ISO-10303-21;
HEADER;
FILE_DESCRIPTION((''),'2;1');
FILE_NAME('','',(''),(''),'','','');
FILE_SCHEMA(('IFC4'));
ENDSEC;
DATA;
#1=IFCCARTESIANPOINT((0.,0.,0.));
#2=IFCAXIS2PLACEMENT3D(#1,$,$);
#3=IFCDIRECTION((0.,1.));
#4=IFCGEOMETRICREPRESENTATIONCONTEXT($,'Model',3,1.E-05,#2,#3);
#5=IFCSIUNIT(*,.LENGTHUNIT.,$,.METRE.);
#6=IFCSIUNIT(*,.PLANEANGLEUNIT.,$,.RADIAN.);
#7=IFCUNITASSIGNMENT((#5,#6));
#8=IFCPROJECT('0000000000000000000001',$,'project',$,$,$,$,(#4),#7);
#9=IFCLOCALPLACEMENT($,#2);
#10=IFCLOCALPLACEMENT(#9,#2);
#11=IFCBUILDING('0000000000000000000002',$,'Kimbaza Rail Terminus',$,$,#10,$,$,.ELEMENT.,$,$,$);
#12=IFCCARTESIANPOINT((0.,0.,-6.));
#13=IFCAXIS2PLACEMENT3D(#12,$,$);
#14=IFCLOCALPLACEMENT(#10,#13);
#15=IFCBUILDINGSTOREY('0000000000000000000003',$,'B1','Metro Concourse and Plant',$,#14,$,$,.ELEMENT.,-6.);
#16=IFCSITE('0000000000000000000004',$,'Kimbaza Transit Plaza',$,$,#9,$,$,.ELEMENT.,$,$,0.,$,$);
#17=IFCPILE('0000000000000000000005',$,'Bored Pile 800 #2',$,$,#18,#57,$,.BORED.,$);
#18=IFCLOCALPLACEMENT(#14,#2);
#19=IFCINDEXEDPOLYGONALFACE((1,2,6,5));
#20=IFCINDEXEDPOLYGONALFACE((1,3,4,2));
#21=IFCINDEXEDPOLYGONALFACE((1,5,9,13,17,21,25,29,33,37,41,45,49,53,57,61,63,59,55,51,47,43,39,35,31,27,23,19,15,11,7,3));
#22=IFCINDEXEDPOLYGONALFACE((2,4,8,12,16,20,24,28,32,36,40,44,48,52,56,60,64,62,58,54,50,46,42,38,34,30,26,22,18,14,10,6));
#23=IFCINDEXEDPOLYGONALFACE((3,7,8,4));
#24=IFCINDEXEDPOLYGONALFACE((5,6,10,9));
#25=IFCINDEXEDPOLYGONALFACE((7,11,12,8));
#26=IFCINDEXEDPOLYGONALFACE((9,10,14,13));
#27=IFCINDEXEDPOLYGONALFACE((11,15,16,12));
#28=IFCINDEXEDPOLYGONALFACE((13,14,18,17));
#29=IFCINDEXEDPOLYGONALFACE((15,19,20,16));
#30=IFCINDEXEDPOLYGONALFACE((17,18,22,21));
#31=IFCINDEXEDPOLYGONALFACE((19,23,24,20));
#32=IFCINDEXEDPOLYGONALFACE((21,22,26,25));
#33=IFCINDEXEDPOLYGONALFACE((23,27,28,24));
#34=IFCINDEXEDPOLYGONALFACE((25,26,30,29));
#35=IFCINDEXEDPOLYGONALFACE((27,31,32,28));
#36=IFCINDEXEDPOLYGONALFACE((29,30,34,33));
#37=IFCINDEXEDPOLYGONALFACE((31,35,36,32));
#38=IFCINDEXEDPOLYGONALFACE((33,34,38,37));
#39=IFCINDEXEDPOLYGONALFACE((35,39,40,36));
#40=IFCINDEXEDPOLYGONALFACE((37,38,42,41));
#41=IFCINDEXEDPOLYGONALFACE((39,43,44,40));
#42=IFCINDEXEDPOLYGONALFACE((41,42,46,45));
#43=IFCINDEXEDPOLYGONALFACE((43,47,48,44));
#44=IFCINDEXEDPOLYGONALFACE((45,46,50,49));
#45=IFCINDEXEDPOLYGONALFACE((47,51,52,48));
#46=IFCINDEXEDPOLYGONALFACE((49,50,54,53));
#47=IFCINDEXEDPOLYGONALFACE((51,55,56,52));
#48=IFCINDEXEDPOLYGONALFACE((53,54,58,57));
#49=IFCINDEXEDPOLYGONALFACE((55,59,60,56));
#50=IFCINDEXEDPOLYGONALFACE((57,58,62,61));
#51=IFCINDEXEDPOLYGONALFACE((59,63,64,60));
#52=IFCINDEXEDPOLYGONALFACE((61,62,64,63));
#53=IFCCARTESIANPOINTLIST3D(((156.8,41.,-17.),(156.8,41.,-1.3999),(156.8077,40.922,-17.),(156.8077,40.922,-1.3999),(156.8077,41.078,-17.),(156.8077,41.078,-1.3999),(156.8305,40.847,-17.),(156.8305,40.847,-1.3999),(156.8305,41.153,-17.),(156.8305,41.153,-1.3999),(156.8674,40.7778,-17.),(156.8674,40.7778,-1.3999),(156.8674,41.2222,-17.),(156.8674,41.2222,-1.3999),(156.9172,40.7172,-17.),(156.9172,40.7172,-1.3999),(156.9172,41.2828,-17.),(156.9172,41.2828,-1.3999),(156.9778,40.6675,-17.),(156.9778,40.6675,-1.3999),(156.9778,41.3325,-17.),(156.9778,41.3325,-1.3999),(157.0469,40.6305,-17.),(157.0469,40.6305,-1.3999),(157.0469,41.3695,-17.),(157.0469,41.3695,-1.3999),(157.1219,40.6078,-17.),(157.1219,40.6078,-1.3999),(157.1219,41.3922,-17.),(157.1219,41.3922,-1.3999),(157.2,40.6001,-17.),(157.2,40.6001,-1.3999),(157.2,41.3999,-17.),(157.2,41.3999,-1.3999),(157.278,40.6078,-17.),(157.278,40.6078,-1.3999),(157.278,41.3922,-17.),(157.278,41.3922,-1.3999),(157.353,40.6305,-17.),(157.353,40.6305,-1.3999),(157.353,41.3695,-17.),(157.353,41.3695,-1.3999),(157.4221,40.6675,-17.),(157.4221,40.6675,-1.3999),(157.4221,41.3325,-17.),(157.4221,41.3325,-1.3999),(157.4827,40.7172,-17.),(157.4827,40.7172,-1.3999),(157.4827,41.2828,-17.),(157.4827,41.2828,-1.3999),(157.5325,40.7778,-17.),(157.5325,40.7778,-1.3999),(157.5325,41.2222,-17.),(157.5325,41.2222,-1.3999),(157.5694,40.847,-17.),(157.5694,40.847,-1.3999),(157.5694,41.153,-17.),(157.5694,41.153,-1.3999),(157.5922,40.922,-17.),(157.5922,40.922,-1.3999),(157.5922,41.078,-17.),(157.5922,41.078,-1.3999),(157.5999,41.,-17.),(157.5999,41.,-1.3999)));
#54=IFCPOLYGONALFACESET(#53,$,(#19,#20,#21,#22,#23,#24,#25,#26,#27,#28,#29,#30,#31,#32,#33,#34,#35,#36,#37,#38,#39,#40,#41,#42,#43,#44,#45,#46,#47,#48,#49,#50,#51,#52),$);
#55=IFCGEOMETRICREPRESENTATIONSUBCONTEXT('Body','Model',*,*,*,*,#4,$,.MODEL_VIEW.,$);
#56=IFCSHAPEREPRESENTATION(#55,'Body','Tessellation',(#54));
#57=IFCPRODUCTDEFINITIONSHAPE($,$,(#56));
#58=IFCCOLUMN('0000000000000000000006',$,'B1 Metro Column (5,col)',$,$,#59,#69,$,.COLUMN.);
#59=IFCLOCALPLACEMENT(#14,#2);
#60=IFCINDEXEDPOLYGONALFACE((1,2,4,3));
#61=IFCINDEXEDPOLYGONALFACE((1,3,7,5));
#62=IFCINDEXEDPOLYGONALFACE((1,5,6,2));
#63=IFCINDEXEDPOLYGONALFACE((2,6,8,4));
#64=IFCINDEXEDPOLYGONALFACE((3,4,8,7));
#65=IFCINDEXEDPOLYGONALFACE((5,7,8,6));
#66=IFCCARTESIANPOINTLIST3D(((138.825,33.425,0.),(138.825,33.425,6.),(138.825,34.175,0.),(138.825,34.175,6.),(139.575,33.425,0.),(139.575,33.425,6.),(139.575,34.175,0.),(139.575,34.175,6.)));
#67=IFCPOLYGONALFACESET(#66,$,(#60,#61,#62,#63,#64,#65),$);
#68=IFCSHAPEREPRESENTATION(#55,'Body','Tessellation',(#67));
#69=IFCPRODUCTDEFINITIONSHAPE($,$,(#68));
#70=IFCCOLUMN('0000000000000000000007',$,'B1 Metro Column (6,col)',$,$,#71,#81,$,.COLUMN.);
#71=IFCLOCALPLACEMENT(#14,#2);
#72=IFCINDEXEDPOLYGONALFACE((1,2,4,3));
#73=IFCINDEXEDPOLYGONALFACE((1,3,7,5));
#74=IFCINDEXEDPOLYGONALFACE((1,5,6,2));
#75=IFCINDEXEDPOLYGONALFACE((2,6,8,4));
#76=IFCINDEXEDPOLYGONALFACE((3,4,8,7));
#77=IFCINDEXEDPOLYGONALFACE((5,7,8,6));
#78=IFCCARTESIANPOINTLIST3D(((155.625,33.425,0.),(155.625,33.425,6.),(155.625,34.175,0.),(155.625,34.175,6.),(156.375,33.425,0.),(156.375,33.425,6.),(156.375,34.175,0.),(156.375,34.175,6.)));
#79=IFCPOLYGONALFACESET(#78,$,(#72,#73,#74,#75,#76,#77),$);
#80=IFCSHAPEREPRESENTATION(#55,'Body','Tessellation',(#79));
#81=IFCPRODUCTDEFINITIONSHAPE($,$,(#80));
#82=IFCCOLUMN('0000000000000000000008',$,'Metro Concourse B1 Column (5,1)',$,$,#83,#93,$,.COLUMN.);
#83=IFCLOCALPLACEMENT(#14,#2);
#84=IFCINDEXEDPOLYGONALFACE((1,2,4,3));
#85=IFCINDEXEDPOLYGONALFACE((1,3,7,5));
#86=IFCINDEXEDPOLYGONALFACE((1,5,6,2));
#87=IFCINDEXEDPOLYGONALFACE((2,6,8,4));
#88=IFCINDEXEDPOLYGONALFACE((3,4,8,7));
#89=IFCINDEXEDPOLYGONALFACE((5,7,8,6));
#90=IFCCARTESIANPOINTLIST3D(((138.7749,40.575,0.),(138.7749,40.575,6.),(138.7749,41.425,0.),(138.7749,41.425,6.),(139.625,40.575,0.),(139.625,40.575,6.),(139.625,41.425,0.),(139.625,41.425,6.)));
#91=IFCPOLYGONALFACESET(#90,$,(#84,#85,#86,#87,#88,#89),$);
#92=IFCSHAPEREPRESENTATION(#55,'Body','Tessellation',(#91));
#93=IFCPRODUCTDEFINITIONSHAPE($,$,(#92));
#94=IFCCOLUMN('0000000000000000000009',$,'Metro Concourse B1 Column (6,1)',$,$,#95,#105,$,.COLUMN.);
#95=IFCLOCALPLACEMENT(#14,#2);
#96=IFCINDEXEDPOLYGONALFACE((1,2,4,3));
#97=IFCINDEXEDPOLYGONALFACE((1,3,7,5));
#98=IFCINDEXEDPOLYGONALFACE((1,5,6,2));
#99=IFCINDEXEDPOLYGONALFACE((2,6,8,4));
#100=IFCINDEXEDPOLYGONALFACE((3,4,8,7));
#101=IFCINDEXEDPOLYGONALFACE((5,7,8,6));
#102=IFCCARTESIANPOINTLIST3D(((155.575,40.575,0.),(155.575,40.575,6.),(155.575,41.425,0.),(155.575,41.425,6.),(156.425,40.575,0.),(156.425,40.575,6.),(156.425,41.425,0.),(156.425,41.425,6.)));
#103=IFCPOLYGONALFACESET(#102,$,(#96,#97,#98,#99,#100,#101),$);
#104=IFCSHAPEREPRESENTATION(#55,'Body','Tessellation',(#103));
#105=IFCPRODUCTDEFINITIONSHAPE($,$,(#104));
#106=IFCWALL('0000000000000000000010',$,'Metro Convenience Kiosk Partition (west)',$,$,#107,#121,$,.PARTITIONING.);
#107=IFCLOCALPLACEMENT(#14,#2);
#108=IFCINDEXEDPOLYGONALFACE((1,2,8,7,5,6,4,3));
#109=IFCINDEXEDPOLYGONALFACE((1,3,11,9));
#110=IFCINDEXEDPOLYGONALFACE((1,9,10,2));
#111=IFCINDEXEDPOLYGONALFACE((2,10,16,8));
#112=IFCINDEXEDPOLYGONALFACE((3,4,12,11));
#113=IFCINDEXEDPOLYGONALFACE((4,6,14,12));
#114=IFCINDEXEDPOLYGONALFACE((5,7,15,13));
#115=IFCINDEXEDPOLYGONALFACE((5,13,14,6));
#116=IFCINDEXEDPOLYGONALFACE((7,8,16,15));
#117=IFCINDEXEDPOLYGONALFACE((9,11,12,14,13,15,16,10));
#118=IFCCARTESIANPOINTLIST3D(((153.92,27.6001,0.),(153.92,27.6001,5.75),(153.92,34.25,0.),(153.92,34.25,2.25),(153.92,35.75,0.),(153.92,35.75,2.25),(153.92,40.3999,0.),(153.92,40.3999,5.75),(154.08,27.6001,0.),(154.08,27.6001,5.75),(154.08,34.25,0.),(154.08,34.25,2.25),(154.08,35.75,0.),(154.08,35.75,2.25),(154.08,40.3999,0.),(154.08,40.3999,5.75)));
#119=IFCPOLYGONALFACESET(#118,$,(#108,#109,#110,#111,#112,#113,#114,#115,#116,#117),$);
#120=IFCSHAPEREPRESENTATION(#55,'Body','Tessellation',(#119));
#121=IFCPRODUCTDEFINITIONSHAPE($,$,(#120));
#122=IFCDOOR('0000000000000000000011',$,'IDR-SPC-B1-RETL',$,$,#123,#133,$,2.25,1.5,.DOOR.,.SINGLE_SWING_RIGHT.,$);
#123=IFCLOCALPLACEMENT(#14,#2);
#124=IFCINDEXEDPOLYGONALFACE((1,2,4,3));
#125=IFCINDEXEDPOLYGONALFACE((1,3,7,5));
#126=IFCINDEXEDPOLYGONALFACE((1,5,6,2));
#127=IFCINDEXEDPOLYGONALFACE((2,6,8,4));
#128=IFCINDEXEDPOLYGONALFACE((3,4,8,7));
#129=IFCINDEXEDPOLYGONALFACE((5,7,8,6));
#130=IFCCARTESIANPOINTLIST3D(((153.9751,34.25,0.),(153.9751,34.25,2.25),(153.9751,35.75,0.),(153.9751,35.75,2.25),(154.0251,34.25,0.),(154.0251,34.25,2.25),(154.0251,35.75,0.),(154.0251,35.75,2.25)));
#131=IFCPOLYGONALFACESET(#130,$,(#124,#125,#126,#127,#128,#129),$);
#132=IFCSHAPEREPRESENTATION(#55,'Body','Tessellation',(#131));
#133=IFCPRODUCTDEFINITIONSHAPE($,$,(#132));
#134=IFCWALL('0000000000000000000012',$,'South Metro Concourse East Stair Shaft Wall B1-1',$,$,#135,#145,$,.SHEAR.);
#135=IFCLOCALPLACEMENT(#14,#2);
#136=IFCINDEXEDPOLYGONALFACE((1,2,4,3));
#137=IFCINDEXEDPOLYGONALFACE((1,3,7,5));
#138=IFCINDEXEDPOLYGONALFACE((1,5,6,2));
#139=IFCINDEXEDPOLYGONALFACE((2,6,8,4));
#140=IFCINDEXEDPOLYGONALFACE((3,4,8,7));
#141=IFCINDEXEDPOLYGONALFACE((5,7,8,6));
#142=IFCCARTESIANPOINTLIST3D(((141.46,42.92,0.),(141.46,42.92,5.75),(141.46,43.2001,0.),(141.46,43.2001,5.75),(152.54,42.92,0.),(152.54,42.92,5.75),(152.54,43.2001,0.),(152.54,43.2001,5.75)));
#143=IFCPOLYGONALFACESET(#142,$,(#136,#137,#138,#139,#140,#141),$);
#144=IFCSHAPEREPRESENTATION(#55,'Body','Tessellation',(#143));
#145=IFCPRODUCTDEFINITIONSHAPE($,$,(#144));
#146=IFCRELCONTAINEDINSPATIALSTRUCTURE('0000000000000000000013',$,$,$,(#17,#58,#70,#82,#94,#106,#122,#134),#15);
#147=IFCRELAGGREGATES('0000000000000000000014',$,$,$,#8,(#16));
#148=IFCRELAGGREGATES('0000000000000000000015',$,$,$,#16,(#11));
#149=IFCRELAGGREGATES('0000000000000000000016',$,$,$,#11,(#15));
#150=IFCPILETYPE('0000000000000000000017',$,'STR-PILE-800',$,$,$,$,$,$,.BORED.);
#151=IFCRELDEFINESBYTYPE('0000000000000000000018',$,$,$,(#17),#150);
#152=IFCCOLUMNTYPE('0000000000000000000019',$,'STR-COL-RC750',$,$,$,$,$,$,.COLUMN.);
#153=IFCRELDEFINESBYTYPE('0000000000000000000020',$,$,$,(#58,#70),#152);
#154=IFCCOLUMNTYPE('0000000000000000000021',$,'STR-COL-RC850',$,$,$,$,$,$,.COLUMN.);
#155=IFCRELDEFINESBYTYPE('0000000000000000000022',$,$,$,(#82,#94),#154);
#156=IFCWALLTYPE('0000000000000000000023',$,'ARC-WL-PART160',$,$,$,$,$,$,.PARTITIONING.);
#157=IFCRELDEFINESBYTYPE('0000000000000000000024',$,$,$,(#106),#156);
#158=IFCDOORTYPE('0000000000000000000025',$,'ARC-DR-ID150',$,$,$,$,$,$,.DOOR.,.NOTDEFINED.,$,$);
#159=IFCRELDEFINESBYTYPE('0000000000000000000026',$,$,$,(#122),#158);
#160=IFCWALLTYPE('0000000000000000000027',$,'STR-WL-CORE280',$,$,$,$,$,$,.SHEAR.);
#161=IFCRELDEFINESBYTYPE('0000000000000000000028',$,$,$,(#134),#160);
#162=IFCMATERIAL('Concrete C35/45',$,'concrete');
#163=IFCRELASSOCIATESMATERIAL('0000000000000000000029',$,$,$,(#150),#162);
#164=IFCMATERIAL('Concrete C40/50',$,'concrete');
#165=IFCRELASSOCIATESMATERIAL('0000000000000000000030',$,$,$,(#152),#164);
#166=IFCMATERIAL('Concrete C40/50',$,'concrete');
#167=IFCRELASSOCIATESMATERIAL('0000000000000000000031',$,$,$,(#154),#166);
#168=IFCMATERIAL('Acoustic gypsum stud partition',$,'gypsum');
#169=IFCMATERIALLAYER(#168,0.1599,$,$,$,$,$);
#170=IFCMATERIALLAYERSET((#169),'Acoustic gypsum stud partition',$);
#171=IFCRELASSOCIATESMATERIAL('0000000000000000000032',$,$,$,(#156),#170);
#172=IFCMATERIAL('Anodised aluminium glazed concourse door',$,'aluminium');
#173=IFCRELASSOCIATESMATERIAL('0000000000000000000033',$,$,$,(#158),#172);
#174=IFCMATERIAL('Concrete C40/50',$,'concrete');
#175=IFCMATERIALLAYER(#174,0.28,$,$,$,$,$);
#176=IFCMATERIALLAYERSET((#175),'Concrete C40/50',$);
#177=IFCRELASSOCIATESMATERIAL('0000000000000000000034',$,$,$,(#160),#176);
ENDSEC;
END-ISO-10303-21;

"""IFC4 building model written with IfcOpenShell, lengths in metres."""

from ifc_helpers import new_model, si_unit, direction, frame, frame_2d, origin, origin_2d, place, context, subcontext, project, spatial, rectangle, circle, extrude, material, layer, layer_set, material_profile, profile_set, type_object, element, fill, save


model = new_model("IFC4")

# Units and contexts
model_context = context("Model", 3, precision=1e-05, world=origin(), true_north=direction((0.0, 1.0)))
body_context = subcontext(model_context, "Body", "Model", "MODEL_VIEW")
ifc_project = project(units=[si_unit("LENGTHUNIT", "METRE"), si_unit("PLANEANGLEUNIT", "RADIAN")], contexts=[model_context])

# Site, building, storey
site_placement = place(None, origin())
site = spatial("IfcSite", under=ifc_project, at=site_placement, Name="Kimbaza Transit Plaza", CompositionType="ELEMENT", RefElevation=0.0)
building_placement = place(site_placement, origin())
building = spatial("IfcBuilding", under=site, at=building_placement, Name="Kimbaza Rail Terminus", CompositionType="ELEMENT")
storey_placement = place(building_placement, frame((0.0, 0.0, -6.0)))
storey = spatial("IfcBuildingStorey", under=building, at=storey_placement, Name="B1", Description="Metro Concourse and Plant", CompositionType="ELEMENT", Elevation=-6.0)

# Pile
ifc_material_1 = material(Name="Concrete C35/45", Category="concrete")
ifc_material_profile_1 = material_profile(ifc_material_1, circle(Radius=0.3999, at=origin_2d()), Name="BORED PILE 800")
ifc_profile_set_1 = profile_set([ifc_material_profile_1], Name="Concrete C35/45")
pile_type_1 = type_object("IfcPileType", Name="STR-PILE-800", PredefinedType="BORED", material=ifc_profile_set_1)
for number, where, z_axis, x_axis, name in (
    (1, (157.2, 41.0, -1.3999), (0.0, 0.0, -1.0), (1.0, 0.0, 0.0), "Bored Pile 800 #2"),
):
    element("IfcPile", number, at=place(storey_placement, frame(where, z_axis=z_axis, x_axis=x_axis)), inside=storey, type_object=pile_type_1, Name=name, PredefinedType="BORED", context=body_context, shape_type="SweptSolid", body=[
        extrude(circle(Radius=0.3999, at=origin_2d()), origin(), (0.0, 0.0, 1.0), 15.6001),
    ])

# Columns
ifc_material_2 = material(Name="Concrete C40/50", Category="concrete")
ifc_material_profile_2 = material_profile(ifc_material_2, rectangle(XDim=0.75, YDim=0.75, at=origin_2d()), Name="RC 750x750")
ifc_profile_set_2 = profile_set([ifc_material_profile_2], Name="Concrete C40/50")
column_type_1 = type_object("IfcColumnType", Name="STR-COL-RC750", PredefinedType="COLUMN", material=ifc_profile_set_2)
for number, where, z_axis, x_axis, name in (
    (2, (139.2, 33.8, 0.0), (0.0, 0.0, 1.0), (1.0, 0.0, 0.0), "B1 Metro Column (5,col)"),
    (3, (156.0, 33.8, 0.0), (0.0, 0.0, 1.0), (1.0, 0.0, 0.0), "B1 Metro Column (6,col)"),
):
    element("IfcColumn", number, at=place(storey_placement, frame(where, z_axis=z_axis, x_axis=x_axis)), inside=storey, type_object=column_type_1, Name=name, PredefinedType="COLUMN", context=body_context, shape_type="SweptSolid", body=[
        extrude(rectangle(XDim=0.75, YDim=0.75, at=origin_2d()), origin(), (0.0, 0.0, 1.0), 6.0),
    ])
ifc_material_3 = material(Name="Concrete C40/50", Category="concrete")
ifc_material_profile_3 = material_profile(ifc_material_3, rectangle(XDim=0.8501, YDim=0.8501, at=origin_2d()), Name="RC 850x850")
ifc_profile_set_3 = profile_set([ifc_material_profile_3], Name="Concrete C40/50")
column_type_2 = type_object("IfcColumnType", Name="STR-COL-RC850", PredefinedType="COLUMN", material=ifc_profile_set_3)
for number, where, z_axis, x_axis, name in (
    (4, (139.2, 41.0, 0.0), (0.0, 0.0, 1.0), (1.0, 0.0, 0.0), "Metro Concourse B1 Column (5,1)"),
    (5, (156.0, 41.0, 0.0), (0.0, 0.0, 1.0), (1.0, 0.0, 0.0), "Metro Concourse B1 Column (6,1)"),
):
    element("IfcColumn", number, at=place(storey_placement, frame(where, z_axis=z_axis, x_axis=x_axis)), inside=storey, type_object=column_type_2, Name=name, PredefinedType="COLUMN", context=body_context, shape_type="SweptSolid", body=[
        extrude(rectangle(XDim=0.8501, YDim=0.8501, at=origin_2d()), origin(), (0.0, 0.0, 1.0), 6.0),
    ])

# Wall, opening, door
ifc_material_4 = material(Name="Acoustic gypsum stud partition", Category="gypsum")
ifc_layer_1 = layer(ifc_material_4, 0.1599)
ifc_layer_set_1 = layer_set([ifc_layer_1], Name="Acoustic gypsum stud partition")
wall_type_1 = type_object("IfcWallType", Name="ARC-WL-PART160", PredefinedType="PARTITIONING", material=ifc_layer_set_1)
wall_1_placement = place(storey_placement, frame((154.0, 40.3999, 0.0), z_axis=(0.0, 0.0, 1.0), x_axis=(0.0, -1.0, 0.0)))
wall_1 = element("IfcWall", 6, at=wall_1_placement, inside=storey, type_object=wall_type_1, Name="Metro Convenience Kiosk Partition (west)", PredefinedType="PARTITIONING", context=body_context, shape_type="SweptSolid", body=[
    extrude(rectangle(XDim=12.7998, YDim=0.1599, at=frame_2d((6.3999, 0.0))), origin(), (0.0, 0.0, 1.0), 5.75),
])
opening_placement = place(wall_1_placement, frame((6.1499, 0.0, 0.0), z_axis=(0.0, 0.0, 1.0), x_axis=(-1.0, 0.0, 0.0)))
opening = element("IfcOpeningElement", 7, at=opening_placement, cuts=wall_1, PredefinedType="OPENING", context=body_context, shape_type="SweptSolid", body=[
    extrude(rectangle(XDim=1.5, YDim=2.25, at=frame_2d((0.75, 1.125))), frame((0.0, 0.0898, 0.0), z_axis=(0.0, -1.0, 0.0), x_axis=(1.0, 0.0, 0.0)), (0.0, 0.0, 1.0), 0.1799),
])
ifc_material_5 = material(Name="Anodised aluminium glazed concourse door", Category="aluminium")
door_type = type_object("IfcDoorType", Name="ARC-DR-ID150", OperationType="NOTDEFINED", PredefinedType="DOOR", material=ifc_material_5)
door_placement = place(opening_placement, origin())
door = element("IfcDoor", 8, at=door_placement, inside=storey, type_object=door_type, Name="IDR-SPC-B1-RETL", OperationType="SINGLE_SWING_RIGHT", OverallHeight=2.25, OverallWidth=1.5, PredefinedType="DOOR", context=body_context, shape_type="SweptSolid", body=[
    extrude(rectangle(XDim=1.5, YDim=2.25, at=frame_2d((0.75, 1.125))), frame((0.0, 0.0249, 0.0), z_axis=(0.0, -1.0, 0.0), x_axis=(1.0, 0.0, 0.0)), (0.0, 0.0, 1.0), 0.05),
])
fill(opening, door)

# Wall
ifc_material_6 = material(Name="Concrete C40/50", Category="concrete")
ifc_layer_2 = layer(ifc_material_6, 0.28)
ifc_layer_set_2 = layer_set([ifc_layer_2], Name="Concrete C40/50")
wall_type_2 = type_object("IfcWallType", Name="STR-WL-CORE280", PredefinedType="SHEAR", material=ifc_layer_set_2)
wall_2_placement = place(storey_placement, frame((141.46, 43.0601, 0.0), z_axis=(0.0, 0.0, 1.0), x_axis=(1.0, 0.0, 0.0)))
element("IfcWall", 9, at=wall_2_placement, inside=storey, type_object=wall_type_2, Name="South Metro Concourse East Stair Shaft Wall B1-1", PredefinedType="SHEAR", context=body_context, shape_type="SweptSolid", body=[
    extrude(rectangle(XDim=11.0801, YDim=0.28, at=frame_2d((5.54, 0.0))), origin(), (0.0, 0.0, 1.0), 5.75),
])

save(model, "model.ifc")
